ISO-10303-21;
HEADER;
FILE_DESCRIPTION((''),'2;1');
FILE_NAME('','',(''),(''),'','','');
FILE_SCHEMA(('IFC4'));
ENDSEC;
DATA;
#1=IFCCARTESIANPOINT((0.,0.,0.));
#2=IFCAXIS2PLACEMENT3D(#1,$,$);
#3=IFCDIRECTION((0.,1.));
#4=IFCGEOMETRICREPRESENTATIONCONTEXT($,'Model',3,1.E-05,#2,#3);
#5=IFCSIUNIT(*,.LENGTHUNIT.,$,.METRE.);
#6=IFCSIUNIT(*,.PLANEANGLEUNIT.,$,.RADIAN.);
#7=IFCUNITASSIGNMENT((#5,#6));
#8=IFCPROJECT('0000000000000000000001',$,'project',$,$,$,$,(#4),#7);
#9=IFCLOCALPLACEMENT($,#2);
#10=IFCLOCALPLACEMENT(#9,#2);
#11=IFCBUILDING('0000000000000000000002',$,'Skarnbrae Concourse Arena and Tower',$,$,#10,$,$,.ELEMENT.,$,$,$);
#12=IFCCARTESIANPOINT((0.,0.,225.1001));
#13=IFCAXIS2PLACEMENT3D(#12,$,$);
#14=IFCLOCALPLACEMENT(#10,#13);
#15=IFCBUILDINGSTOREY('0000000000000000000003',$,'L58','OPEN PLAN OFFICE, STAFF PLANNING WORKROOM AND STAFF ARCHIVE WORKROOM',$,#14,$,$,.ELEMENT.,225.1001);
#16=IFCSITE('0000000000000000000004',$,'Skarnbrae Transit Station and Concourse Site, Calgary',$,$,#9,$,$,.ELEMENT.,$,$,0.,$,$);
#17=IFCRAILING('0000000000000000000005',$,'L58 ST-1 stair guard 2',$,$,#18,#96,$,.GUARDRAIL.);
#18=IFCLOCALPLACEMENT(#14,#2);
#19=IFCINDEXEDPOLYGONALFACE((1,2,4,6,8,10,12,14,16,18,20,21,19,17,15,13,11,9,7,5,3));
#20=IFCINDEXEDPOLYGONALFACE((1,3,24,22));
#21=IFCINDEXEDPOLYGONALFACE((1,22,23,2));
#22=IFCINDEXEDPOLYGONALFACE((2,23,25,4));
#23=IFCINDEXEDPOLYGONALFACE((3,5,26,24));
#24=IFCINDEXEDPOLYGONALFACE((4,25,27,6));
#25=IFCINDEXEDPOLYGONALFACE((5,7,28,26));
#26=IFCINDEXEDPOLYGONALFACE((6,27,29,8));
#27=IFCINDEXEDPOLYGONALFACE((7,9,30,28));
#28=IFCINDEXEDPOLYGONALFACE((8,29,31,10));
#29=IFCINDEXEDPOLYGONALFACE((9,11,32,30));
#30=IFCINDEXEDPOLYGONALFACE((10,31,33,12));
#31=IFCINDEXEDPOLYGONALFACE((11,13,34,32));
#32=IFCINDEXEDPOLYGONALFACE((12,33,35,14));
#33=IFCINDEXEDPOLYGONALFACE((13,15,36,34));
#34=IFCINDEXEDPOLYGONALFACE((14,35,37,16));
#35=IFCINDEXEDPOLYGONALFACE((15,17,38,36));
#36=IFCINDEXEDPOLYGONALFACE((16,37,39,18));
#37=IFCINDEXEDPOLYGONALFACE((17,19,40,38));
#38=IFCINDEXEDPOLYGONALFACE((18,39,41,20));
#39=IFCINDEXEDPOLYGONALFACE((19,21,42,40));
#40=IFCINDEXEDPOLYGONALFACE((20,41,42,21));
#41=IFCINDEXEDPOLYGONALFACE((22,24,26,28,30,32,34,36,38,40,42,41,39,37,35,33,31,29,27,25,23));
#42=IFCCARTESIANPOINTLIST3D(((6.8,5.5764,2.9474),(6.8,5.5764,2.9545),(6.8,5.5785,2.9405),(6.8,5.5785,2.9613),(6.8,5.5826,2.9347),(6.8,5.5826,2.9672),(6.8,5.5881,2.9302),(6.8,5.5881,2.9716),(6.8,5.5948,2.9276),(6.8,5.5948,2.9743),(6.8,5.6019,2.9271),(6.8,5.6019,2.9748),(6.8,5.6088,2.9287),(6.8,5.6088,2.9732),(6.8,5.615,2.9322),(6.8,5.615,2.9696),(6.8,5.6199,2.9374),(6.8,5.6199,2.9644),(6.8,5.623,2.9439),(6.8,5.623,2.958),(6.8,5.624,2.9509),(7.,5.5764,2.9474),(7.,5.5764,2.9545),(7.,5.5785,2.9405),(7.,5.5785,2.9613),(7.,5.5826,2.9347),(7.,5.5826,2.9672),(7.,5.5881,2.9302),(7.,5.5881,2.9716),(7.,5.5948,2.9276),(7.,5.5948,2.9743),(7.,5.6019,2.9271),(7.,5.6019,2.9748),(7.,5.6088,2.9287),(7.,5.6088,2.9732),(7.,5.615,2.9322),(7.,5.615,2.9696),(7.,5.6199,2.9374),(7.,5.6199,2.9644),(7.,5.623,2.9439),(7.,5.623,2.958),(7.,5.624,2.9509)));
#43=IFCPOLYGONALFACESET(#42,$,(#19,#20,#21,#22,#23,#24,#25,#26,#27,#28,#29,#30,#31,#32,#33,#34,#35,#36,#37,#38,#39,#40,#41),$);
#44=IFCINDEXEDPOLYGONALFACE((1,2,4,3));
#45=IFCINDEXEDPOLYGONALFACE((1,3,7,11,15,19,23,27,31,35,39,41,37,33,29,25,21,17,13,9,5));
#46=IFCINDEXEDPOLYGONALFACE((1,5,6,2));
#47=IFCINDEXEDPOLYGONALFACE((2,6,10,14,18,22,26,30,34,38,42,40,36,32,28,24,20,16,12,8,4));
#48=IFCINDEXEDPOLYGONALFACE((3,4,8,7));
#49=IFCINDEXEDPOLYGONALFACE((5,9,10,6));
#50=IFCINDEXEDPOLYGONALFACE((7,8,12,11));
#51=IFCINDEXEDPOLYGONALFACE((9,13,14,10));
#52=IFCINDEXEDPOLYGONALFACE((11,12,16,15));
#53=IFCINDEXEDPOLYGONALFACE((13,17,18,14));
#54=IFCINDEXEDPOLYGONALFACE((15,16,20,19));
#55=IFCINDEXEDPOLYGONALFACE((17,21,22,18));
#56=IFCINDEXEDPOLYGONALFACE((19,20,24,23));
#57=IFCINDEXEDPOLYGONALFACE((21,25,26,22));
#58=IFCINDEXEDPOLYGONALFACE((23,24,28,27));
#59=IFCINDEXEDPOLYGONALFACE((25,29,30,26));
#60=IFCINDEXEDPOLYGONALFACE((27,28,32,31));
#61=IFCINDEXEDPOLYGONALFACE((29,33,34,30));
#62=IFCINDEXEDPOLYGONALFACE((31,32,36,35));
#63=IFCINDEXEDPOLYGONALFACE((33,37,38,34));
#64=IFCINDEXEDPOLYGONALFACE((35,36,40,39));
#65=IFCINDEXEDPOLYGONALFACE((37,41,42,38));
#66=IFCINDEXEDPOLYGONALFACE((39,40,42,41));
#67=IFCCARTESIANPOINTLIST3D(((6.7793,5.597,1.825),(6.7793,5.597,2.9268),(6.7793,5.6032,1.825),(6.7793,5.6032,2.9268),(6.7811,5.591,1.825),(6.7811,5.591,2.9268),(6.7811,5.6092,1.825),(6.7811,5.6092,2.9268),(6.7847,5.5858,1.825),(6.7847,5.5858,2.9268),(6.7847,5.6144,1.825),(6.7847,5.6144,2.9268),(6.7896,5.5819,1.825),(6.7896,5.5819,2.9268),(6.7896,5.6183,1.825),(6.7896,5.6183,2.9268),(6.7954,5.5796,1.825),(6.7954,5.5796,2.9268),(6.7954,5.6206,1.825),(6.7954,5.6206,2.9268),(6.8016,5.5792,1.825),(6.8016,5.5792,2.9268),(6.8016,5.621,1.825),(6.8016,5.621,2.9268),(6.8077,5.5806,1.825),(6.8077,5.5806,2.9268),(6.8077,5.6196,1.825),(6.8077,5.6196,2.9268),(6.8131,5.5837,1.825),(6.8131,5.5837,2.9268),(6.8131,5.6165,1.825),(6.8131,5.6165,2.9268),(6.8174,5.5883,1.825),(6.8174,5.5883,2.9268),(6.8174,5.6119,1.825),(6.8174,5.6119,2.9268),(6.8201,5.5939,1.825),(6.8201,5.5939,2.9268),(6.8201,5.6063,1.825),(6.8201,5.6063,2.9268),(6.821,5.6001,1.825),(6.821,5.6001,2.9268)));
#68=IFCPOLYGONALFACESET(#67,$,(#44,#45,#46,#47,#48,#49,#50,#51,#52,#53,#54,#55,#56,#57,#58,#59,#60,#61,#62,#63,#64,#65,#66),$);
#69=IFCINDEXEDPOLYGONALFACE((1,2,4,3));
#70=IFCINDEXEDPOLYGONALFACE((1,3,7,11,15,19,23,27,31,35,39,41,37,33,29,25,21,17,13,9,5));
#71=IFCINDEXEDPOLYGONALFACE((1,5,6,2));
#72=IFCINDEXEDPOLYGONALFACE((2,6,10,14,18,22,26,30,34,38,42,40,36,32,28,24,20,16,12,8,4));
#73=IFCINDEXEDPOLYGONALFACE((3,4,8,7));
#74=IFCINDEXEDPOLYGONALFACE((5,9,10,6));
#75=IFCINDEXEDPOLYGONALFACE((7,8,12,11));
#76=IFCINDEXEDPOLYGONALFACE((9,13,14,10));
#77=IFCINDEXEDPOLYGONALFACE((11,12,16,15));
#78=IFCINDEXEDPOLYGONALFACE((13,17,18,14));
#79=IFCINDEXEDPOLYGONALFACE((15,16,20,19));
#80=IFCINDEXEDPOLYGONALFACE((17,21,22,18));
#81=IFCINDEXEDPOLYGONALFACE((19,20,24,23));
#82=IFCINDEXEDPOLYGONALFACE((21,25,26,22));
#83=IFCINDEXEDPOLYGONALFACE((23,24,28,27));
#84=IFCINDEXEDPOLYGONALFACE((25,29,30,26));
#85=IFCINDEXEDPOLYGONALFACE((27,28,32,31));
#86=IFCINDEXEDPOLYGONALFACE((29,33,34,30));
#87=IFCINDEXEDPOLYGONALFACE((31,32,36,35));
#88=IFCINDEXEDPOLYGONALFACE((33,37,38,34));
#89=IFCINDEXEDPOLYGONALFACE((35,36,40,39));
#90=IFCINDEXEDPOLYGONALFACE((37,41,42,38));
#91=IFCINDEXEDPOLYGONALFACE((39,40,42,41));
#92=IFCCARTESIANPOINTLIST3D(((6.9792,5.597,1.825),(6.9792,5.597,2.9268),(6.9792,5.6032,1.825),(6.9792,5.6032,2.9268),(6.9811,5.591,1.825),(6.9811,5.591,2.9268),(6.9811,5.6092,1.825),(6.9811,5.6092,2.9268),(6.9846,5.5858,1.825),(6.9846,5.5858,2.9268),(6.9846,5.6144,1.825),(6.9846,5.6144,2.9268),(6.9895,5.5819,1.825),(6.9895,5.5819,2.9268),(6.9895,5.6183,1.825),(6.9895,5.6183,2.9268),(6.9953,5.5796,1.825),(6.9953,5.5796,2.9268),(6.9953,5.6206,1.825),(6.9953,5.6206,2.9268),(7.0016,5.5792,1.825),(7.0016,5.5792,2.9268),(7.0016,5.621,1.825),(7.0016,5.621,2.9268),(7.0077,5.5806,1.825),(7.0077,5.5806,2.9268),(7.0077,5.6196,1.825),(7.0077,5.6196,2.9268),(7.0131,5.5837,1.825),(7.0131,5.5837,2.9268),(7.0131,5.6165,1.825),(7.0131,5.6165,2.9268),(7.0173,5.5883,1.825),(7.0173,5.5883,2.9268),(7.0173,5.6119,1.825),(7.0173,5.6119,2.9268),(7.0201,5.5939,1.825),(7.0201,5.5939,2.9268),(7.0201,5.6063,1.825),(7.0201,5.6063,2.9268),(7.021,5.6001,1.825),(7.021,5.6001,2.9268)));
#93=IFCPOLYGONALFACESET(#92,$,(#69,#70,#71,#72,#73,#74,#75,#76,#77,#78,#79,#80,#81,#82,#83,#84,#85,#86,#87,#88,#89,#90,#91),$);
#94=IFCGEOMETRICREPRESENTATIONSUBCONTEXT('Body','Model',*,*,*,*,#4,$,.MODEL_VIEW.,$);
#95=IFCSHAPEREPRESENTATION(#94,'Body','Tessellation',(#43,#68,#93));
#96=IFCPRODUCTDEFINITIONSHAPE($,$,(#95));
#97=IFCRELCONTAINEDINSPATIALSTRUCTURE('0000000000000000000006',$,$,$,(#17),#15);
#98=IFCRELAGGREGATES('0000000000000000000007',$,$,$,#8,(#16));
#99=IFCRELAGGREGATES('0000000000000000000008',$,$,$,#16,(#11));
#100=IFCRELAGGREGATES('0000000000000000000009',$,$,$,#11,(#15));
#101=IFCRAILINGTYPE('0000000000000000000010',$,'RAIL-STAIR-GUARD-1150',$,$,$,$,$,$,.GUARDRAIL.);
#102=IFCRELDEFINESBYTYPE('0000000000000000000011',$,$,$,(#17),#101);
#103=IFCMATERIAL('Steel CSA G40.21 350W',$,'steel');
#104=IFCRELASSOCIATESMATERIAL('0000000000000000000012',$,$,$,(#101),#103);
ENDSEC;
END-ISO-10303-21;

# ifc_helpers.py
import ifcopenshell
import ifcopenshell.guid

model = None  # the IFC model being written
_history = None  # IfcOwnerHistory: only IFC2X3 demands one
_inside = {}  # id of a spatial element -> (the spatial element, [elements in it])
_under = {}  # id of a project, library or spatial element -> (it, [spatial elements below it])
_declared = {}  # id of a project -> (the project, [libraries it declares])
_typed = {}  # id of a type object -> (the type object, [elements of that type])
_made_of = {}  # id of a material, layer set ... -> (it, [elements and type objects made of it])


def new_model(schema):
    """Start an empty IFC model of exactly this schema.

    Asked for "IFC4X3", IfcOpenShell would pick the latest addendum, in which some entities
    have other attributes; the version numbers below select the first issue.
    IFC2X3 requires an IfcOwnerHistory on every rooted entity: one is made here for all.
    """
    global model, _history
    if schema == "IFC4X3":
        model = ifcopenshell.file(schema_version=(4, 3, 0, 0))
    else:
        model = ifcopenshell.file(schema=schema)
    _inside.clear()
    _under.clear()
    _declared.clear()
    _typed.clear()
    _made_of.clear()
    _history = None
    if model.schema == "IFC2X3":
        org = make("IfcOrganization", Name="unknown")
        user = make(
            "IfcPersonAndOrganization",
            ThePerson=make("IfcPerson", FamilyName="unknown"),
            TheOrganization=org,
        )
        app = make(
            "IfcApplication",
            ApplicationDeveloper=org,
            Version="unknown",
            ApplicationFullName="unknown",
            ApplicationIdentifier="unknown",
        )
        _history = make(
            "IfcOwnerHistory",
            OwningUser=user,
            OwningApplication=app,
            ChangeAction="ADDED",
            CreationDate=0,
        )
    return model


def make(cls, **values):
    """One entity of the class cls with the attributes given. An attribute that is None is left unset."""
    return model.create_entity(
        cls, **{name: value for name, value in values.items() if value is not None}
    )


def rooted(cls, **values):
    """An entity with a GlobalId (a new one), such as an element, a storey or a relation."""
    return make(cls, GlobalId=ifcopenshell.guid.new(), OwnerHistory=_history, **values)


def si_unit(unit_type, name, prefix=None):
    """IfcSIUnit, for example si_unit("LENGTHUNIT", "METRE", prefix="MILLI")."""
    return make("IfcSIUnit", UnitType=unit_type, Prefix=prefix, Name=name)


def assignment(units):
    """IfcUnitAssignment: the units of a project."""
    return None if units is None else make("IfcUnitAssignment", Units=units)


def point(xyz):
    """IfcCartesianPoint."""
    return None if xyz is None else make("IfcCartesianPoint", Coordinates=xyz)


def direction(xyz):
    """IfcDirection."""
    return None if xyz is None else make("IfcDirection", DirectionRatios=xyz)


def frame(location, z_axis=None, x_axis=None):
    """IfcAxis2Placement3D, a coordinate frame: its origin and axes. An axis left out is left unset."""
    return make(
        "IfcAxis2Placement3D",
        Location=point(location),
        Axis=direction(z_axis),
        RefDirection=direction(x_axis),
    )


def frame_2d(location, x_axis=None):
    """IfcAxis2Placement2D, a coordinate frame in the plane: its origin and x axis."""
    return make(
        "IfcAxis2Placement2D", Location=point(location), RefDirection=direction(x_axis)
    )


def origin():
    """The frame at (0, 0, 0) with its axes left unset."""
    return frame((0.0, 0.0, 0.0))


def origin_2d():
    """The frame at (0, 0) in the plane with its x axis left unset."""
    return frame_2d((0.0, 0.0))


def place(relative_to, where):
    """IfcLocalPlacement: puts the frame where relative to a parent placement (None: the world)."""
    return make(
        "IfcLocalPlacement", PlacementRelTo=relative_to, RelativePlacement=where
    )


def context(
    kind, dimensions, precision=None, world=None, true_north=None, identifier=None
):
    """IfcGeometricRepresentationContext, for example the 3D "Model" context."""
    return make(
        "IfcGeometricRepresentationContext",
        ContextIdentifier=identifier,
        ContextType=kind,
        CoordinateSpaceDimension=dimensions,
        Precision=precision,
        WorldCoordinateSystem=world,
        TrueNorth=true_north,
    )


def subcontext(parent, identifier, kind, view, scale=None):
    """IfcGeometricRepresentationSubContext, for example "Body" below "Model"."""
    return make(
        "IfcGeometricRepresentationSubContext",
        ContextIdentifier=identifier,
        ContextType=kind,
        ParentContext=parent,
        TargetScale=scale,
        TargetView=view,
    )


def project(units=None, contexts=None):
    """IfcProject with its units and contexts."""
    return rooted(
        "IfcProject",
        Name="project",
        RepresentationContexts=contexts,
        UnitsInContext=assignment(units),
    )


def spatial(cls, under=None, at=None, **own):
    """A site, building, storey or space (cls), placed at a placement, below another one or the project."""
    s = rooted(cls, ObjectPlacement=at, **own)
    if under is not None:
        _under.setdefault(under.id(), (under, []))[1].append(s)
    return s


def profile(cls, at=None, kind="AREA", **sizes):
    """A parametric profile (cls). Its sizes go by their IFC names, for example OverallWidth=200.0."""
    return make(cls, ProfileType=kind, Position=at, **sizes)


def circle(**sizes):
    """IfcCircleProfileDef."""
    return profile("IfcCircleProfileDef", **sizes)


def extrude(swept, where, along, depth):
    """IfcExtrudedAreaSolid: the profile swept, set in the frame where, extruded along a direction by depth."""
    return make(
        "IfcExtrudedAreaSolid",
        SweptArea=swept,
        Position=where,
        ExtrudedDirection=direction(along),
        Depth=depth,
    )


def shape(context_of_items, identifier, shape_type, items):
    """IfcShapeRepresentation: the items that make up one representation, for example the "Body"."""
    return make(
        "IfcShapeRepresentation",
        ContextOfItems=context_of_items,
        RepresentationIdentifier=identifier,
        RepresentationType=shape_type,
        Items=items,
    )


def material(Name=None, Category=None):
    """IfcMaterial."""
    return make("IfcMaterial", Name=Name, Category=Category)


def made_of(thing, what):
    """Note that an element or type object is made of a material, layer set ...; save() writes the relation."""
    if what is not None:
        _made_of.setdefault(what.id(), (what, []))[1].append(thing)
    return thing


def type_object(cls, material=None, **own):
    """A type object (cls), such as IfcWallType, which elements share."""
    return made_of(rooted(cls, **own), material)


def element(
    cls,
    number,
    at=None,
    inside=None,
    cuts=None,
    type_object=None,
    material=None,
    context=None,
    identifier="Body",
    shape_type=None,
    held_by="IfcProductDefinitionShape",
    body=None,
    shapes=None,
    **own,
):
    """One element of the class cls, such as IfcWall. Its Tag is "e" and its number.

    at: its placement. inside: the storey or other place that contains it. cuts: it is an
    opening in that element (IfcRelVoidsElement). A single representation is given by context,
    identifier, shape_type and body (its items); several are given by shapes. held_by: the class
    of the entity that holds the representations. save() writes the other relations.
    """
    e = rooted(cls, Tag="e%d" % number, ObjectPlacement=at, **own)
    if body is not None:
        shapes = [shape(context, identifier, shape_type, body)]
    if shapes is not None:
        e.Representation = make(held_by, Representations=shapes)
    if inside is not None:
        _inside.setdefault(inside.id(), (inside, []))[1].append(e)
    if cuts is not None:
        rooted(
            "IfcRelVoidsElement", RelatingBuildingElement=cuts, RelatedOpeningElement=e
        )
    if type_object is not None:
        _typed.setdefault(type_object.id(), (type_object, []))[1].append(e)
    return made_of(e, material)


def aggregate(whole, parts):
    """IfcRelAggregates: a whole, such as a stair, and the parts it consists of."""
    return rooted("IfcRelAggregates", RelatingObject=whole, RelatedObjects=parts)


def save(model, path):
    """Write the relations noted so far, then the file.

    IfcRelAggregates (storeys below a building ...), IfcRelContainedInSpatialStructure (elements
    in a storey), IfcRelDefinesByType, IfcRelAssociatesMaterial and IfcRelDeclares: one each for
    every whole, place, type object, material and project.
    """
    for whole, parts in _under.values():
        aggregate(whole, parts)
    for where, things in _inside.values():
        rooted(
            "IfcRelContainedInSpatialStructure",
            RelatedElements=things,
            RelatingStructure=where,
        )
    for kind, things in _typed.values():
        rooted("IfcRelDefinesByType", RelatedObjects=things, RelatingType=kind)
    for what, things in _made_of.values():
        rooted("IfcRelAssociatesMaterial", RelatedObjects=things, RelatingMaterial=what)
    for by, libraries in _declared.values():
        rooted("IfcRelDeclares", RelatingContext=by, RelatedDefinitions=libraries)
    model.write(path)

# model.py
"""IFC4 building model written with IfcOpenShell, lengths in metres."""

from ifc_helpers import new_model, si_unit, direction, frame, origin, origin_2d, place, context, subcontext, project, spatial, circle, extrude, material, type_object, element, save


model = new_model("IFC4")

# Units and contexts
model_context = context("Model", 3, precision=1e-05, world=origin(), true_north=direction((0.0, 1.0)))
body_context = subcontext(model_context, "Body", "Model", "MODEL_VIEW")
ifc_project = project(units=[si_unit("LENGTHUNIT", "METRE"), si_unit("PLANEANGLEUNIT", "RADIAN")], contexts=[model_context])

# Site, building, storey
site_placement = place(None, origin())
site = spatial("IfcSite", under=ifc_project, at=site_placement, Name="Skarnbrae Transit Station and Concourse Site, Calgary", CompositionType="ELEMENT", RefElevation=0.0)
building_placement = place(site_placement, origin())
building = spatial("IfcBuilding", under=site, at=building_placement, Name="Skarnbrae Concourse Arena and Tower", CompositionType="ELEMENT")
storey_placement = place(building_placement, frame((0.0, 0.0, 225.1001)))
storey = spatial("IfcBuildingStorey", under=building, at=storey_placement, Name="L58", Description="OPEN PLAN OFFICE, STAFF PLANNING WORKROOM AND STAFF ARCHIVE WORKROOM", CompositionType="ELEMENT", Elevation=225.1001)

# Shared definitions
ifc_material_1 = material(Name="Steel CSA G40.21 350W", Category="steel")

# Railing
railing_type_1 = type_object("IfcRailingType", Name="RAIL-STAIR-GUARD-1150", PredefinedType="GUARDRAIL", material=ifc_material_1)
railing_1_placement = place(storey_placement, frame((6.8, 5.6001, 1.825)))
element("IfcRailing", 1, at=railing_1_placement, inside=storey, type_object=railing_type_1, Name="L58 ST-1 stair guard 2", PredefinedType="GUARDRAIL", context=body_context, shape_type="SweptSolid", body=[
    extrude(circle(Radius=0.0239, at=origin_2d()), frame((0.0, 0.0, 1.126), z_axis=(1.0, 0.0, 0.0), x_axis=(0.0, 1.0, 0.0)), (0.0, 0.0, 1.0), 0.2),
    extrude(circle(Radius=0.021, at=origin_2d()), origin(), (0.0, 0.0, 1.0), 1.1018),
    extrude(circle(Radius=0.021, at=origin_2d()), frame((0.2, 0.0, 0.0)), (0.0, 0.0, 1.0), 1.1018),
])

save(model, "model.ifc")
